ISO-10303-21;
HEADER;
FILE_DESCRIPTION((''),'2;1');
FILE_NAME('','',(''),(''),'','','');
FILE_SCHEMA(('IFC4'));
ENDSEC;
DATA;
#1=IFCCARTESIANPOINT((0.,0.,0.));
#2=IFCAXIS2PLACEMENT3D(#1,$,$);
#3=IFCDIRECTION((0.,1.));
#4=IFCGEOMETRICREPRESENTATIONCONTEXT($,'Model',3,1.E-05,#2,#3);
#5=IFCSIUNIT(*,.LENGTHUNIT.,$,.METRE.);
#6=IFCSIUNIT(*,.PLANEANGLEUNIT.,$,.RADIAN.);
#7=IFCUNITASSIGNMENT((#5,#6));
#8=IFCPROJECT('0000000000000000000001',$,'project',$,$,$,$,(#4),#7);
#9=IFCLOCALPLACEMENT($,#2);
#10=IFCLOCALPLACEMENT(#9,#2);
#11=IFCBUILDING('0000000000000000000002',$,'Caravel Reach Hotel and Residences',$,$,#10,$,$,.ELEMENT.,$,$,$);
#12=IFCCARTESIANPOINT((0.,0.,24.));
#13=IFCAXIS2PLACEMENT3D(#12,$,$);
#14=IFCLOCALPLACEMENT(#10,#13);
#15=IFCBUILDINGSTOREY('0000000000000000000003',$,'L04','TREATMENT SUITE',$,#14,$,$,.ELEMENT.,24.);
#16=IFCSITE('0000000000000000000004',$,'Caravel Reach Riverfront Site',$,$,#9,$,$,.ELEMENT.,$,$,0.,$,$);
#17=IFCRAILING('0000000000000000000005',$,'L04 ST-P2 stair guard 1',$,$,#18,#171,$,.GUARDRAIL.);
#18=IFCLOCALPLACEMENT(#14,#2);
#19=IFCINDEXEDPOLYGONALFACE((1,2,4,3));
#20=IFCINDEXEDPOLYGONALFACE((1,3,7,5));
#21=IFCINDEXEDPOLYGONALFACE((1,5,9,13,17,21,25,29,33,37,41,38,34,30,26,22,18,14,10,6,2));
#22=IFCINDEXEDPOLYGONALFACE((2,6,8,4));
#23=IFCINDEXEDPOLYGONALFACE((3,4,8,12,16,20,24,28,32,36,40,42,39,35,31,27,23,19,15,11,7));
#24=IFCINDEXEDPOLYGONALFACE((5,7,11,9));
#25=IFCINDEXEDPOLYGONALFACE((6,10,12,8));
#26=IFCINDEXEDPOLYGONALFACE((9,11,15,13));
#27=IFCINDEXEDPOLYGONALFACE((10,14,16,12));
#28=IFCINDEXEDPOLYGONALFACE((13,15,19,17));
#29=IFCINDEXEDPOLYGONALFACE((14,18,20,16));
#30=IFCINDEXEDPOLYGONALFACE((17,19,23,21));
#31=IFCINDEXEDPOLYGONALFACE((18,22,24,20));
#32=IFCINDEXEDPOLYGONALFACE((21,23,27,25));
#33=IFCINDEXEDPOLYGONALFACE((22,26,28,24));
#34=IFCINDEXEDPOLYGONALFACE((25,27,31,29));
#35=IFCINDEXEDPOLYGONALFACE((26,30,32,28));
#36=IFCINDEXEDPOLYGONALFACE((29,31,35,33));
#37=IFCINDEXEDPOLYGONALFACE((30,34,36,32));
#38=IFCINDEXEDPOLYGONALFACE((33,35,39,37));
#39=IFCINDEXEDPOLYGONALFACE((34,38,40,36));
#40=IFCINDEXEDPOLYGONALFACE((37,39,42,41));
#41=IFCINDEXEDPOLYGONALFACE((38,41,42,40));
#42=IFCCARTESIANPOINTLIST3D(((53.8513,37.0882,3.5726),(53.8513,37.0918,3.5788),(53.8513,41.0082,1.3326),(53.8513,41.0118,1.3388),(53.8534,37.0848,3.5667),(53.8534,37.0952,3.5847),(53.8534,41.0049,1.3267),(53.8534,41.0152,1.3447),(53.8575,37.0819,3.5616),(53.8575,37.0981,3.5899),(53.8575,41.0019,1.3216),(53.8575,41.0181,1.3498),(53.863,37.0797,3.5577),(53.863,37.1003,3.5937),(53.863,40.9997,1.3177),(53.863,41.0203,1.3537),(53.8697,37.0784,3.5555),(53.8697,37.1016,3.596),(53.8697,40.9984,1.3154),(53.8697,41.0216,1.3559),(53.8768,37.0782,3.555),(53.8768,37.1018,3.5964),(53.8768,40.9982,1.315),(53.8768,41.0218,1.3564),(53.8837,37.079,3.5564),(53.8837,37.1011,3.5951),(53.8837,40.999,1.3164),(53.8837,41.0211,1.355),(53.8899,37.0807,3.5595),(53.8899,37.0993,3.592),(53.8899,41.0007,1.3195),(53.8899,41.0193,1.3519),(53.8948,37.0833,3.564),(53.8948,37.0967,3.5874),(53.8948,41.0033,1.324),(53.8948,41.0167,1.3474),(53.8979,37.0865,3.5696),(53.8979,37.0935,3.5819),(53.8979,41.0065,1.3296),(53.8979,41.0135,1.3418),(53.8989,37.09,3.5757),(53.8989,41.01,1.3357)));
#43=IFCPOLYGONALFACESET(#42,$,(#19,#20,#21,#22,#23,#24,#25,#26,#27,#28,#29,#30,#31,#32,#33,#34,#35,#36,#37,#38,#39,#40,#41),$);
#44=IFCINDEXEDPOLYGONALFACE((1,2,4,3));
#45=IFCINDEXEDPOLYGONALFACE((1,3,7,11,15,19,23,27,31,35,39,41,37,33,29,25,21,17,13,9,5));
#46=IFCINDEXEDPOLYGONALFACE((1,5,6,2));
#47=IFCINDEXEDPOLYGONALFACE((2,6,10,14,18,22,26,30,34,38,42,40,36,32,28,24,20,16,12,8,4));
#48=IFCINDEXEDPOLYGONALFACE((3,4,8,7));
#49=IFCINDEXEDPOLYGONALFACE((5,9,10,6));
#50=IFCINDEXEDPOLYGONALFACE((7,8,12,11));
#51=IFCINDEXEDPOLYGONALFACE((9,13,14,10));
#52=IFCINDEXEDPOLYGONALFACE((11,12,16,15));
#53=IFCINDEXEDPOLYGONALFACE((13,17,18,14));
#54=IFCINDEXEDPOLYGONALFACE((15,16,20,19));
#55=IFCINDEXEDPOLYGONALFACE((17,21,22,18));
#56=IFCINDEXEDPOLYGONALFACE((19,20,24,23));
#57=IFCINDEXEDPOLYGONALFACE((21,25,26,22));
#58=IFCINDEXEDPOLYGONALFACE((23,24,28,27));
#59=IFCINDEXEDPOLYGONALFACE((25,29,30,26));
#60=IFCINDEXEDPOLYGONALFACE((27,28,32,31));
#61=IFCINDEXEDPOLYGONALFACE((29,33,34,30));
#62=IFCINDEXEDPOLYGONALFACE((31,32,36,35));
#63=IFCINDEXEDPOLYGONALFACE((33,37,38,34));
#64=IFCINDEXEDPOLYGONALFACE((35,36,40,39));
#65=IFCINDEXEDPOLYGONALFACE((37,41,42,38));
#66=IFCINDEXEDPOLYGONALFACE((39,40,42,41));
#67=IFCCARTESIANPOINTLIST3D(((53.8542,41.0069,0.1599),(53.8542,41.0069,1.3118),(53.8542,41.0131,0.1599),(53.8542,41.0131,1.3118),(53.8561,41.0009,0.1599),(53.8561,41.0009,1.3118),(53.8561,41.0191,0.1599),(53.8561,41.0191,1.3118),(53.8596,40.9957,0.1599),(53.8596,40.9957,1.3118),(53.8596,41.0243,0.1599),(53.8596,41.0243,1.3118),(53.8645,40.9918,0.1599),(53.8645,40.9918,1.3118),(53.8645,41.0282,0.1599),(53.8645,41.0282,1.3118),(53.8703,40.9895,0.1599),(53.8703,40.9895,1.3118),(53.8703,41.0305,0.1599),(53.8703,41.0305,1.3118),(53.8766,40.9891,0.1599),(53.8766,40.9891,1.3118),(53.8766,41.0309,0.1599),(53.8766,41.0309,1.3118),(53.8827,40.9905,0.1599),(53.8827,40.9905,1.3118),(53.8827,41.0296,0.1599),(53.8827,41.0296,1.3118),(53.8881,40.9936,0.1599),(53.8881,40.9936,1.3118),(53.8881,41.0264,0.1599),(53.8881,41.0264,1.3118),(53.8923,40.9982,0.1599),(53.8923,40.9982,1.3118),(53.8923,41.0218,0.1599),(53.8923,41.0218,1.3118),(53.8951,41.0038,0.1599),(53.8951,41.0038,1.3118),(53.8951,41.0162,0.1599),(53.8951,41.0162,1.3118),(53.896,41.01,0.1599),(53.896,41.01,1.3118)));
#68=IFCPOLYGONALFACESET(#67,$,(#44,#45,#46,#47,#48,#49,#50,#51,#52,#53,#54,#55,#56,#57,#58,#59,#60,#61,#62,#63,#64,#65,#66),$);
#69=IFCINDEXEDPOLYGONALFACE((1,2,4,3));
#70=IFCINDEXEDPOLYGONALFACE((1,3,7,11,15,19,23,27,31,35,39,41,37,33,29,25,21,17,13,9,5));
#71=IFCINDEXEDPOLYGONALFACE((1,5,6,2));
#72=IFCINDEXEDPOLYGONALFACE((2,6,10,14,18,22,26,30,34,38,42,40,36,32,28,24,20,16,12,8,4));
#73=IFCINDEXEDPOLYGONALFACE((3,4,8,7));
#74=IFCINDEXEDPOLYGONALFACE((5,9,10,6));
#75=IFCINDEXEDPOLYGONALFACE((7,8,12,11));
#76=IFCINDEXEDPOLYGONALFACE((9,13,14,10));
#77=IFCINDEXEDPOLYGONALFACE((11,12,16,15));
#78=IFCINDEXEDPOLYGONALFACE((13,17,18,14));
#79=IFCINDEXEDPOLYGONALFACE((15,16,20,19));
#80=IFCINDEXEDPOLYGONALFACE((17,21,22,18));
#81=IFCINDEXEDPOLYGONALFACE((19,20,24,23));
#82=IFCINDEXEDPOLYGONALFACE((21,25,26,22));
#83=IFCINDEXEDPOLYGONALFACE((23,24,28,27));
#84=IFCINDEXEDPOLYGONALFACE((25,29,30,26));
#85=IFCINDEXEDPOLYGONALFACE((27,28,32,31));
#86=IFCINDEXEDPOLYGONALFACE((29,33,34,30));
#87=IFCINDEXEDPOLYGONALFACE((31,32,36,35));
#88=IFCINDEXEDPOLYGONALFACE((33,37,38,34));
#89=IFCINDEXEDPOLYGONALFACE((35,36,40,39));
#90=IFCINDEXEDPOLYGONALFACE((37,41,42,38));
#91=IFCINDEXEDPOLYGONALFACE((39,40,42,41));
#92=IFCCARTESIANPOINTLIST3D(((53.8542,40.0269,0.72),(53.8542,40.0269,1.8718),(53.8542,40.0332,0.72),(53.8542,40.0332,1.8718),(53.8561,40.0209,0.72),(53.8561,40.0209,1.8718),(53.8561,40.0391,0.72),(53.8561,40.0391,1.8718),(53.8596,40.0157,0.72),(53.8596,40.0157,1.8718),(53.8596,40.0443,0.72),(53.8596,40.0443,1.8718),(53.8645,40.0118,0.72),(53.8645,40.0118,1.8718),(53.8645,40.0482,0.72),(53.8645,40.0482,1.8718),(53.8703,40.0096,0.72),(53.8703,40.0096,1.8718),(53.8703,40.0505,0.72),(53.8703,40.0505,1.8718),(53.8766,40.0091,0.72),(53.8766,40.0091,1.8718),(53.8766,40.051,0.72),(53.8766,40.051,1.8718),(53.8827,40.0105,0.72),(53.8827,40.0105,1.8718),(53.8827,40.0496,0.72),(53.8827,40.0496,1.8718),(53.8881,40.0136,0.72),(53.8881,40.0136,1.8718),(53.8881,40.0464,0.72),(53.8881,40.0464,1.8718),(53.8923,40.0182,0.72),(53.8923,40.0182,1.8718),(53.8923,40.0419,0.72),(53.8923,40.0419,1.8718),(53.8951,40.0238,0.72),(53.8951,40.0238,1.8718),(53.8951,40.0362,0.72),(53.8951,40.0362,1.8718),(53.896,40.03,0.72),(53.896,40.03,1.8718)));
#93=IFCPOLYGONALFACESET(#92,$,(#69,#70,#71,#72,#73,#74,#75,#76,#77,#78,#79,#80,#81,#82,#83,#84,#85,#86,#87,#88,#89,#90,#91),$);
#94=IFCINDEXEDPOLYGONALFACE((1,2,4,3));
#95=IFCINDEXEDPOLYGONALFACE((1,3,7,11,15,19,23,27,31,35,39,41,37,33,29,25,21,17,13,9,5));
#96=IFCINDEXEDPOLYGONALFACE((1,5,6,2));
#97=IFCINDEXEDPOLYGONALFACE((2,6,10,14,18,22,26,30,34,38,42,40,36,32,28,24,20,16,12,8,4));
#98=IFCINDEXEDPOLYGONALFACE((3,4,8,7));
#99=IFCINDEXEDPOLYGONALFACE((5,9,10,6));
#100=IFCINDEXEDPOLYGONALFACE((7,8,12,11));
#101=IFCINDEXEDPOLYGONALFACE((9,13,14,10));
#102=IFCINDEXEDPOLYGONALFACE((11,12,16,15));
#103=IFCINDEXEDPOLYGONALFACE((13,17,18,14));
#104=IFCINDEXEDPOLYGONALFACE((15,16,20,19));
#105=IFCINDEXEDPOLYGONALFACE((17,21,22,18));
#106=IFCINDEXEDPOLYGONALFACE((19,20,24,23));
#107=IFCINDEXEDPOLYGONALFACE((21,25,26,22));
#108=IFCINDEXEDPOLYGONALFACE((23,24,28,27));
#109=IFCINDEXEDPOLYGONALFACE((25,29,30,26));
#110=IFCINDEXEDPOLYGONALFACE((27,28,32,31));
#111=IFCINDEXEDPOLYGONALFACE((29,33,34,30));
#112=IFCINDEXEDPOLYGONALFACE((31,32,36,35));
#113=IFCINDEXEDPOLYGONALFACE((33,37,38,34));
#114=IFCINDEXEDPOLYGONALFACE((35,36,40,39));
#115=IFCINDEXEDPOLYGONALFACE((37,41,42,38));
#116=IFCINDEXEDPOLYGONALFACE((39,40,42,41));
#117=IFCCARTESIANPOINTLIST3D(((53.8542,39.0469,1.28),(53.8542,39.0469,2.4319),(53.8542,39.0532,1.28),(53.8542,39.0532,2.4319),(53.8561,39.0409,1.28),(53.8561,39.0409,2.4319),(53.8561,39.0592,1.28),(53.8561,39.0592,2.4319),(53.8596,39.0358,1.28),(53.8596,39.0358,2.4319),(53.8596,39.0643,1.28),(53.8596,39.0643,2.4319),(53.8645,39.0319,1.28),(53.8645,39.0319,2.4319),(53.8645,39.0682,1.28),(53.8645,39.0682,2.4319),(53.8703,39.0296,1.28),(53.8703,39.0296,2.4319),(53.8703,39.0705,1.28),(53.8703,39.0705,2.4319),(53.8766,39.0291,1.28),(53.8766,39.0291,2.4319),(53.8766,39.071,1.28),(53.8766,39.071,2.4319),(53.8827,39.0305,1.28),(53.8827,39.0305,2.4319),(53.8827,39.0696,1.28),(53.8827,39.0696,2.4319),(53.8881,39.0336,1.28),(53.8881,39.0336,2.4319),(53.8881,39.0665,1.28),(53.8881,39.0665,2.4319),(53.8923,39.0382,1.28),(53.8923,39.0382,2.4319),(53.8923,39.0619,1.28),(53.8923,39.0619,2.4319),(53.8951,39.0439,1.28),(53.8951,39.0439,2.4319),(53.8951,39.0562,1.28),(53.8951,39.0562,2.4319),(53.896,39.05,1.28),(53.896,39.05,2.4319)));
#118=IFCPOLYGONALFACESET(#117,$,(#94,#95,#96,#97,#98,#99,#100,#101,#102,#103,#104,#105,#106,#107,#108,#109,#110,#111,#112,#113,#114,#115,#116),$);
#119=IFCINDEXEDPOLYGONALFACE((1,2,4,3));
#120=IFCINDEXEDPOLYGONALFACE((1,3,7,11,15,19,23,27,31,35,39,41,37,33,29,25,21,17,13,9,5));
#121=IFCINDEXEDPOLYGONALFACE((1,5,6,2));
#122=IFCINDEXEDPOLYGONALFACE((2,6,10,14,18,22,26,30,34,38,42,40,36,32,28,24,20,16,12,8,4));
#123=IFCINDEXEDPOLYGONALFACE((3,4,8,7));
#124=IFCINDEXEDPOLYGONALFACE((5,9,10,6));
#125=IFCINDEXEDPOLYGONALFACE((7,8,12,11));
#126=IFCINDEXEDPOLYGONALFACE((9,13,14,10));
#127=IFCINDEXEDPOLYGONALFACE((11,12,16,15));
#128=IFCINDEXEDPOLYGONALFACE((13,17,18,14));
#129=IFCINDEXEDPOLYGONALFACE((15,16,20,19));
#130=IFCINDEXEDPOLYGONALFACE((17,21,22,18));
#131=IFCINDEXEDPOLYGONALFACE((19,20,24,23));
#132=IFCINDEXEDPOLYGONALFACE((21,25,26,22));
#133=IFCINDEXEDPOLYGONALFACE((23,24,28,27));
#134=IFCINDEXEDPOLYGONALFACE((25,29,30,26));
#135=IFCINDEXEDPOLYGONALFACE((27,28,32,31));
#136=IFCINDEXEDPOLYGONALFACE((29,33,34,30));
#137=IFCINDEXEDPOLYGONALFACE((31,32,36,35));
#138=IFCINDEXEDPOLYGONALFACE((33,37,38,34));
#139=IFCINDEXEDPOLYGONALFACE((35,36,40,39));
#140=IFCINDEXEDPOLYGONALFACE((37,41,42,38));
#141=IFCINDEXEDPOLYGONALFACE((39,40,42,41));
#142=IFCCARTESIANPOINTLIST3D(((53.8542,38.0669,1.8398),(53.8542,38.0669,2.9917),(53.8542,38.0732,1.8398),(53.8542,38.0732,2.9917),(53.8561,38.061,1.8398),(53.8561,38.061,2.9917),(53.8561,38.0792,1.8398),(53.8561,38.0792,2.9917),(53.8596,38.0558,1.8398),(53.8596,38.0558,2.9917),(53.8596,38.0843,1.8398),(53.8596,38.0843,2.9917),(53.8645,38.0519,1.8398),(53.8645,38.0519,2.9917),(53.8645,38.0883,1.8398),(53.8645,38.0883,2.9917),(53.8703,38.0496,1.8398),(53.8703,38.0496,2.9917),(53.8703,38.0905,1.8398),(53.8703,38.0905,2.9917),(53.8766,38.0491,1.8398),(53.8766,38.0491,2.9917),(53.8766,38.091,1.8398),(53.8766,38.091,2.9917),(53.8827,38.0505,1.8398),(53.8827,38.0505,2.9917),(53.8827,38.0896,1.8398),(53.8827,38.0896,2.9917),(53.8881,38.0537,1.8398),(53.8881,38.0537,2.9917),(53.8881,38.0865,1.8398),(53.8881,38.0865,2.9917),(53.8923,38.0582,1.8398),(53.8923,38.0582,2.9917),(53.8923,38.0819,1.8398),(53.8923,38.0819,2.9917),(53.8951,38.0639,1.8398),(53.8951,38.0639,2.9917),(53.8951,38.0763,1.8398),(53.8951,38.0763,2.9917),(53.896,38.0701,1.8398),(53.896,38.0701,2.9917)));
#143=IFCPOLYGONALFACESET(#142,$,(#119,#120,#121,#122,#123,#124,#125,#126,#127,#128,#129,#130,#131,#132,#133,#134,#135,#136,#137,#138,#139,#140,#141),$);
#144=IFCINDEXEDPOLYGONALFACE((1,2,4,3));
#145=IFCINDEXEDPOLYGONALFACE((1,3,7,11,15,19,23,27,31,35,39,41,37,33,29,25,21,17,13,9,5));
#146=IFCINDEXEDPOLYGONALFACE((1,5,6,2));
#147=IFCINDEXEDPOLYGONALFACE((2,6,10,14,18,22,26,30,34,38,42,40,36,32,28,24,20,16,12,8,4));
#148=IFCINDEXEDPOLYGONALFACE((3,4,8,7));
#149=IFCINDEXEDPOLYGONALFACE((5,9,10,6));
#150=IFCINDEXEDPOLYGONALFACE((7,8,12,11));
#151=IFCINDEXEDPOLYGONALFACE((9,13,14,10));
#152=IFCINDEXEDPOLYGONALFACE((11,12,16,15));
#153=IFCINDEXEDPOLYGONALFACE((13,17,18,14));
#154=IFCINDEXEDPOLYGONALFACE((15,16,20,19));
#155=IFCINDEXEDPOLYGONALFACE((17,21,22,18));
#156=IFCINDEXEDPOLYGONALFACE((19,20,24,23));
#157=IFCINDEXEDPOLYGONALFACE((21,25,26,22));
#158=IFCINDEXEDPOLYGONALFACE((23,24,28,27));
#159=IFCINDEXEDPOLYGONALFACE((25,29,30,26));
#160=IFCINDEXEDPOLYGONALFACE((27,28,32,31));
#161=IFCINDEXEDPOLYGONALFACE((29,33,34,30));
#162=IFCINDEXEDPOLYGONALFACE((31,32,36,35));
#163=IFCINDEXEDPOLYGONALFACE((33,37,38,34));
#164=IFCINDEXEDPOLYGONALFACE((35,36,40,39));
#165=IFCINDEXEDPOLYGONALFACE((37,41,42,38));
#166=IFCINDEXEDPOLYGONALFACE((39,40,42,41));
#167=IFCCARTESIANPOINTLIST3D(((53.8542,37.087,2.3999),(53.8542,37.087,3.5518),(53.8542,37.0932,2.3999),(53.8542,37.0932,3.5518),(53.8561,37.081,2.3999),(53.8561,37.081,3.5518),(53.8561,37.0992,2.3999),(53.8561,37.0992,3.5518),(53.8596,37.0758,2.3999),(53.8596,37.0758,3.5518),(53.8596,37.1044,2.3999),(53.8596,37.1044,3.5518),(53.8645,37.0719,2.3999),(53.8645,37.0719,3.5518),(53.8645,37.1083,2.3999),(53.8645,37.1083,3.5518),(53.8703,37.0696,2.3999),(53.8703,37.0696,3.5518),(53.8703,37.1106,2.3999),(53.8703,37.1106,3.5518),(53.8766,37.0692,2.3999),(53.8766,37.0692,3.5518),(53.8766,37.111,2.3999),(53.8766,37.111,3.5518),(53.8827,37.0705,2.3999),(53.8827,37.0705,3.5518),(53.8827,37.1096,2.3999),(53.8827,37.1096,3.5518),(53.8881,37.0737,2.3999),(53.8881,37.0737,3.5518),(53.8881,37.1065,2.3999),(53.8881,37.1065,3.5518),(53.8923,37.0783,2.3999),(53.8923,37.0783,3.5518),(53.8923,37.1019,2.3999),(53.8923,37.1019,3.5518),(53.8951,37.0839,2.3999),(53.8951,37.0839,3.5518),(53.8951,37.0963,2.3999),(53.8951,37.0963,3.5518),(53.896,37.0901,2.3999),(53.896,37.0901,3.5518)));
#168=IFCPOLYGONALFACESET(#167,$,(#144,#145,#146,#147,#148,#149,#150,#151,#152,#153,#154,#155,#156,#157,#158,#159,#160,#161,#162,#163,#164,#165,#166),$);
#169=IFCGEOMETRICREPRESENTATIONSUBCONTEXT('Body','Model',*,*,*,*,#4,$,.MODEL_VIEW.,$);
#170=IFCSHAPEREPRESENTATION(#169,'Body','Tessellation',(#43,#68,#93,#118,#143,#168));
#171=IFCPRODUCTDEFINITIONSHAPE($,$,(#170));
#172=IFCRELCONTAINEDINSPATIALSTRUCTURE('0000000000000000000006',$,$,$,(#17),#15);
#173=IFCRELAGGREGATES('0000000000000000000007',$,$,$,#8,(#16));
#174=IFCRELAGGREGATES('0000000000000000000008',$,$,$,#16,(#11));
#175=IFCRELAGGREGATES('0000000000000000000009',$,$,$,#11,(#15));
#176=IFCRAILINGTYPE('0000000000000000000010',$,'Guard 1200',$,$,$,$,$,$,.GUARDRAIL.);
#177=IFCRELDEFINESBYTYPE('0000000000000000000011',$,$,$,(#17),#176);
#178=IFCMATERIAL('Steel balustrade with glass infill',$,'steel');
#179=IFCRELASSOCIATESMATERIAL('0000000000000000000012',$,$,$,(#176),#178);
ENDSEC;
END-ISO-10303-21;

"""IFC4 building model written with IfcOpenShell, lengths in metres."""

from ifc_helpers import new_model, si_unit, direction, frame, origin, origin_2d, place, context, subcontext, project, spatial, circle, extrude, material, type_object, element, save


model = new_model("IFC4")

# Units and contexts
model_context = context("Model", 3, precision=1e-05, world=origin(), true_north=direction((0.0, 1.0)))
body_context = subcontext(model_context, "Body", "Model", "MODEL_VIEW")
ifc_project = project(units=[si_unit("LENGTHUNIT", "METRE"), si_unit("PLANEANGLEUNIT", "RADIAN")], contexts=[model_context])

# Site, building, storey
site_placement = place(None, origin())
site = spatial("IfcSite", under=ifc_project, at=site_placement, Name="Caravel Reach Riverfront Site", CompositionType="ELEMENT", RefElevation=0.0)
building_placement = place(site_placement, origin())
building = spatial("IfcBuilding", under=site, at=building_placement, Name="Caravel Reach Hotel and Residences", CompositionType="ELEMENT")
storey_placement = place(building_placement, frame((0.0, 0.0, 24.0)))
storey = spatial("IfcBuildingStorey", under=building, at=storey_placement, Name="L04", Description="TREATMENT SUITE", CompositionType="ELEMENT", Elevation=24.0)

# Railing
ifc_material_1 = material(Name="Steel balustrade with glass infill", Category="steel")
railing_type_1 = type_object("IfcRailingType", Name="Guard 1200", PredefinedType="GUARDRAIL", material=ifc_material_1)
railing_1_placement = place(storey_placement, frame((53.875, 41.01, 0.1599)))
element("IfcRailing", 1, at=railing_1_placement, inside=storey, type_object=railing_type_1, Name="L04 ST-P2 stair guard 1", PredefinedType="GUARDRAIL", context=body_context, shape_type="SweptSolid", body=[
    extrude(circle(Radius=0.0239, at=origin_2d()), frame((0.0, 0.0, 1.1758), z_axis=(0.0, -0.86824, 0.496145), x_axis=(1.0, 0.0, 0.0)), (0.0, 0.0, 1.0), 4.5149),
    extrude(circle(Radius=0.021, at=origin_2d()), origin(), (0.0, 0.0, 1.0), 1.1519),
    extrude(circle(Radius=0.021, at=origin_2d()), frame((0.0, -0.98, 0.5601)), (0.0, 0.0, 1.0), 1.1519),
    extrude(circle(Radius=0.021, at=origin_2d()), frame((0.0, -1.96, 1.1201)), (0.0, 0.0, 1.0), 1.1519),
    extrude(circle(Radius=0.021, at=origin_2d()), frame((0.0, -2.9399, 1.6799)), (0.0, 0.0, 1.0), 1.1519),
    extrude(circle(Radius=0.021, at=origin_2d()), frame((0.0, -3.9199, 2.24)), (0.0, 0.0, 1.0), 1.1519),
])

save(model, "model.ifc")
